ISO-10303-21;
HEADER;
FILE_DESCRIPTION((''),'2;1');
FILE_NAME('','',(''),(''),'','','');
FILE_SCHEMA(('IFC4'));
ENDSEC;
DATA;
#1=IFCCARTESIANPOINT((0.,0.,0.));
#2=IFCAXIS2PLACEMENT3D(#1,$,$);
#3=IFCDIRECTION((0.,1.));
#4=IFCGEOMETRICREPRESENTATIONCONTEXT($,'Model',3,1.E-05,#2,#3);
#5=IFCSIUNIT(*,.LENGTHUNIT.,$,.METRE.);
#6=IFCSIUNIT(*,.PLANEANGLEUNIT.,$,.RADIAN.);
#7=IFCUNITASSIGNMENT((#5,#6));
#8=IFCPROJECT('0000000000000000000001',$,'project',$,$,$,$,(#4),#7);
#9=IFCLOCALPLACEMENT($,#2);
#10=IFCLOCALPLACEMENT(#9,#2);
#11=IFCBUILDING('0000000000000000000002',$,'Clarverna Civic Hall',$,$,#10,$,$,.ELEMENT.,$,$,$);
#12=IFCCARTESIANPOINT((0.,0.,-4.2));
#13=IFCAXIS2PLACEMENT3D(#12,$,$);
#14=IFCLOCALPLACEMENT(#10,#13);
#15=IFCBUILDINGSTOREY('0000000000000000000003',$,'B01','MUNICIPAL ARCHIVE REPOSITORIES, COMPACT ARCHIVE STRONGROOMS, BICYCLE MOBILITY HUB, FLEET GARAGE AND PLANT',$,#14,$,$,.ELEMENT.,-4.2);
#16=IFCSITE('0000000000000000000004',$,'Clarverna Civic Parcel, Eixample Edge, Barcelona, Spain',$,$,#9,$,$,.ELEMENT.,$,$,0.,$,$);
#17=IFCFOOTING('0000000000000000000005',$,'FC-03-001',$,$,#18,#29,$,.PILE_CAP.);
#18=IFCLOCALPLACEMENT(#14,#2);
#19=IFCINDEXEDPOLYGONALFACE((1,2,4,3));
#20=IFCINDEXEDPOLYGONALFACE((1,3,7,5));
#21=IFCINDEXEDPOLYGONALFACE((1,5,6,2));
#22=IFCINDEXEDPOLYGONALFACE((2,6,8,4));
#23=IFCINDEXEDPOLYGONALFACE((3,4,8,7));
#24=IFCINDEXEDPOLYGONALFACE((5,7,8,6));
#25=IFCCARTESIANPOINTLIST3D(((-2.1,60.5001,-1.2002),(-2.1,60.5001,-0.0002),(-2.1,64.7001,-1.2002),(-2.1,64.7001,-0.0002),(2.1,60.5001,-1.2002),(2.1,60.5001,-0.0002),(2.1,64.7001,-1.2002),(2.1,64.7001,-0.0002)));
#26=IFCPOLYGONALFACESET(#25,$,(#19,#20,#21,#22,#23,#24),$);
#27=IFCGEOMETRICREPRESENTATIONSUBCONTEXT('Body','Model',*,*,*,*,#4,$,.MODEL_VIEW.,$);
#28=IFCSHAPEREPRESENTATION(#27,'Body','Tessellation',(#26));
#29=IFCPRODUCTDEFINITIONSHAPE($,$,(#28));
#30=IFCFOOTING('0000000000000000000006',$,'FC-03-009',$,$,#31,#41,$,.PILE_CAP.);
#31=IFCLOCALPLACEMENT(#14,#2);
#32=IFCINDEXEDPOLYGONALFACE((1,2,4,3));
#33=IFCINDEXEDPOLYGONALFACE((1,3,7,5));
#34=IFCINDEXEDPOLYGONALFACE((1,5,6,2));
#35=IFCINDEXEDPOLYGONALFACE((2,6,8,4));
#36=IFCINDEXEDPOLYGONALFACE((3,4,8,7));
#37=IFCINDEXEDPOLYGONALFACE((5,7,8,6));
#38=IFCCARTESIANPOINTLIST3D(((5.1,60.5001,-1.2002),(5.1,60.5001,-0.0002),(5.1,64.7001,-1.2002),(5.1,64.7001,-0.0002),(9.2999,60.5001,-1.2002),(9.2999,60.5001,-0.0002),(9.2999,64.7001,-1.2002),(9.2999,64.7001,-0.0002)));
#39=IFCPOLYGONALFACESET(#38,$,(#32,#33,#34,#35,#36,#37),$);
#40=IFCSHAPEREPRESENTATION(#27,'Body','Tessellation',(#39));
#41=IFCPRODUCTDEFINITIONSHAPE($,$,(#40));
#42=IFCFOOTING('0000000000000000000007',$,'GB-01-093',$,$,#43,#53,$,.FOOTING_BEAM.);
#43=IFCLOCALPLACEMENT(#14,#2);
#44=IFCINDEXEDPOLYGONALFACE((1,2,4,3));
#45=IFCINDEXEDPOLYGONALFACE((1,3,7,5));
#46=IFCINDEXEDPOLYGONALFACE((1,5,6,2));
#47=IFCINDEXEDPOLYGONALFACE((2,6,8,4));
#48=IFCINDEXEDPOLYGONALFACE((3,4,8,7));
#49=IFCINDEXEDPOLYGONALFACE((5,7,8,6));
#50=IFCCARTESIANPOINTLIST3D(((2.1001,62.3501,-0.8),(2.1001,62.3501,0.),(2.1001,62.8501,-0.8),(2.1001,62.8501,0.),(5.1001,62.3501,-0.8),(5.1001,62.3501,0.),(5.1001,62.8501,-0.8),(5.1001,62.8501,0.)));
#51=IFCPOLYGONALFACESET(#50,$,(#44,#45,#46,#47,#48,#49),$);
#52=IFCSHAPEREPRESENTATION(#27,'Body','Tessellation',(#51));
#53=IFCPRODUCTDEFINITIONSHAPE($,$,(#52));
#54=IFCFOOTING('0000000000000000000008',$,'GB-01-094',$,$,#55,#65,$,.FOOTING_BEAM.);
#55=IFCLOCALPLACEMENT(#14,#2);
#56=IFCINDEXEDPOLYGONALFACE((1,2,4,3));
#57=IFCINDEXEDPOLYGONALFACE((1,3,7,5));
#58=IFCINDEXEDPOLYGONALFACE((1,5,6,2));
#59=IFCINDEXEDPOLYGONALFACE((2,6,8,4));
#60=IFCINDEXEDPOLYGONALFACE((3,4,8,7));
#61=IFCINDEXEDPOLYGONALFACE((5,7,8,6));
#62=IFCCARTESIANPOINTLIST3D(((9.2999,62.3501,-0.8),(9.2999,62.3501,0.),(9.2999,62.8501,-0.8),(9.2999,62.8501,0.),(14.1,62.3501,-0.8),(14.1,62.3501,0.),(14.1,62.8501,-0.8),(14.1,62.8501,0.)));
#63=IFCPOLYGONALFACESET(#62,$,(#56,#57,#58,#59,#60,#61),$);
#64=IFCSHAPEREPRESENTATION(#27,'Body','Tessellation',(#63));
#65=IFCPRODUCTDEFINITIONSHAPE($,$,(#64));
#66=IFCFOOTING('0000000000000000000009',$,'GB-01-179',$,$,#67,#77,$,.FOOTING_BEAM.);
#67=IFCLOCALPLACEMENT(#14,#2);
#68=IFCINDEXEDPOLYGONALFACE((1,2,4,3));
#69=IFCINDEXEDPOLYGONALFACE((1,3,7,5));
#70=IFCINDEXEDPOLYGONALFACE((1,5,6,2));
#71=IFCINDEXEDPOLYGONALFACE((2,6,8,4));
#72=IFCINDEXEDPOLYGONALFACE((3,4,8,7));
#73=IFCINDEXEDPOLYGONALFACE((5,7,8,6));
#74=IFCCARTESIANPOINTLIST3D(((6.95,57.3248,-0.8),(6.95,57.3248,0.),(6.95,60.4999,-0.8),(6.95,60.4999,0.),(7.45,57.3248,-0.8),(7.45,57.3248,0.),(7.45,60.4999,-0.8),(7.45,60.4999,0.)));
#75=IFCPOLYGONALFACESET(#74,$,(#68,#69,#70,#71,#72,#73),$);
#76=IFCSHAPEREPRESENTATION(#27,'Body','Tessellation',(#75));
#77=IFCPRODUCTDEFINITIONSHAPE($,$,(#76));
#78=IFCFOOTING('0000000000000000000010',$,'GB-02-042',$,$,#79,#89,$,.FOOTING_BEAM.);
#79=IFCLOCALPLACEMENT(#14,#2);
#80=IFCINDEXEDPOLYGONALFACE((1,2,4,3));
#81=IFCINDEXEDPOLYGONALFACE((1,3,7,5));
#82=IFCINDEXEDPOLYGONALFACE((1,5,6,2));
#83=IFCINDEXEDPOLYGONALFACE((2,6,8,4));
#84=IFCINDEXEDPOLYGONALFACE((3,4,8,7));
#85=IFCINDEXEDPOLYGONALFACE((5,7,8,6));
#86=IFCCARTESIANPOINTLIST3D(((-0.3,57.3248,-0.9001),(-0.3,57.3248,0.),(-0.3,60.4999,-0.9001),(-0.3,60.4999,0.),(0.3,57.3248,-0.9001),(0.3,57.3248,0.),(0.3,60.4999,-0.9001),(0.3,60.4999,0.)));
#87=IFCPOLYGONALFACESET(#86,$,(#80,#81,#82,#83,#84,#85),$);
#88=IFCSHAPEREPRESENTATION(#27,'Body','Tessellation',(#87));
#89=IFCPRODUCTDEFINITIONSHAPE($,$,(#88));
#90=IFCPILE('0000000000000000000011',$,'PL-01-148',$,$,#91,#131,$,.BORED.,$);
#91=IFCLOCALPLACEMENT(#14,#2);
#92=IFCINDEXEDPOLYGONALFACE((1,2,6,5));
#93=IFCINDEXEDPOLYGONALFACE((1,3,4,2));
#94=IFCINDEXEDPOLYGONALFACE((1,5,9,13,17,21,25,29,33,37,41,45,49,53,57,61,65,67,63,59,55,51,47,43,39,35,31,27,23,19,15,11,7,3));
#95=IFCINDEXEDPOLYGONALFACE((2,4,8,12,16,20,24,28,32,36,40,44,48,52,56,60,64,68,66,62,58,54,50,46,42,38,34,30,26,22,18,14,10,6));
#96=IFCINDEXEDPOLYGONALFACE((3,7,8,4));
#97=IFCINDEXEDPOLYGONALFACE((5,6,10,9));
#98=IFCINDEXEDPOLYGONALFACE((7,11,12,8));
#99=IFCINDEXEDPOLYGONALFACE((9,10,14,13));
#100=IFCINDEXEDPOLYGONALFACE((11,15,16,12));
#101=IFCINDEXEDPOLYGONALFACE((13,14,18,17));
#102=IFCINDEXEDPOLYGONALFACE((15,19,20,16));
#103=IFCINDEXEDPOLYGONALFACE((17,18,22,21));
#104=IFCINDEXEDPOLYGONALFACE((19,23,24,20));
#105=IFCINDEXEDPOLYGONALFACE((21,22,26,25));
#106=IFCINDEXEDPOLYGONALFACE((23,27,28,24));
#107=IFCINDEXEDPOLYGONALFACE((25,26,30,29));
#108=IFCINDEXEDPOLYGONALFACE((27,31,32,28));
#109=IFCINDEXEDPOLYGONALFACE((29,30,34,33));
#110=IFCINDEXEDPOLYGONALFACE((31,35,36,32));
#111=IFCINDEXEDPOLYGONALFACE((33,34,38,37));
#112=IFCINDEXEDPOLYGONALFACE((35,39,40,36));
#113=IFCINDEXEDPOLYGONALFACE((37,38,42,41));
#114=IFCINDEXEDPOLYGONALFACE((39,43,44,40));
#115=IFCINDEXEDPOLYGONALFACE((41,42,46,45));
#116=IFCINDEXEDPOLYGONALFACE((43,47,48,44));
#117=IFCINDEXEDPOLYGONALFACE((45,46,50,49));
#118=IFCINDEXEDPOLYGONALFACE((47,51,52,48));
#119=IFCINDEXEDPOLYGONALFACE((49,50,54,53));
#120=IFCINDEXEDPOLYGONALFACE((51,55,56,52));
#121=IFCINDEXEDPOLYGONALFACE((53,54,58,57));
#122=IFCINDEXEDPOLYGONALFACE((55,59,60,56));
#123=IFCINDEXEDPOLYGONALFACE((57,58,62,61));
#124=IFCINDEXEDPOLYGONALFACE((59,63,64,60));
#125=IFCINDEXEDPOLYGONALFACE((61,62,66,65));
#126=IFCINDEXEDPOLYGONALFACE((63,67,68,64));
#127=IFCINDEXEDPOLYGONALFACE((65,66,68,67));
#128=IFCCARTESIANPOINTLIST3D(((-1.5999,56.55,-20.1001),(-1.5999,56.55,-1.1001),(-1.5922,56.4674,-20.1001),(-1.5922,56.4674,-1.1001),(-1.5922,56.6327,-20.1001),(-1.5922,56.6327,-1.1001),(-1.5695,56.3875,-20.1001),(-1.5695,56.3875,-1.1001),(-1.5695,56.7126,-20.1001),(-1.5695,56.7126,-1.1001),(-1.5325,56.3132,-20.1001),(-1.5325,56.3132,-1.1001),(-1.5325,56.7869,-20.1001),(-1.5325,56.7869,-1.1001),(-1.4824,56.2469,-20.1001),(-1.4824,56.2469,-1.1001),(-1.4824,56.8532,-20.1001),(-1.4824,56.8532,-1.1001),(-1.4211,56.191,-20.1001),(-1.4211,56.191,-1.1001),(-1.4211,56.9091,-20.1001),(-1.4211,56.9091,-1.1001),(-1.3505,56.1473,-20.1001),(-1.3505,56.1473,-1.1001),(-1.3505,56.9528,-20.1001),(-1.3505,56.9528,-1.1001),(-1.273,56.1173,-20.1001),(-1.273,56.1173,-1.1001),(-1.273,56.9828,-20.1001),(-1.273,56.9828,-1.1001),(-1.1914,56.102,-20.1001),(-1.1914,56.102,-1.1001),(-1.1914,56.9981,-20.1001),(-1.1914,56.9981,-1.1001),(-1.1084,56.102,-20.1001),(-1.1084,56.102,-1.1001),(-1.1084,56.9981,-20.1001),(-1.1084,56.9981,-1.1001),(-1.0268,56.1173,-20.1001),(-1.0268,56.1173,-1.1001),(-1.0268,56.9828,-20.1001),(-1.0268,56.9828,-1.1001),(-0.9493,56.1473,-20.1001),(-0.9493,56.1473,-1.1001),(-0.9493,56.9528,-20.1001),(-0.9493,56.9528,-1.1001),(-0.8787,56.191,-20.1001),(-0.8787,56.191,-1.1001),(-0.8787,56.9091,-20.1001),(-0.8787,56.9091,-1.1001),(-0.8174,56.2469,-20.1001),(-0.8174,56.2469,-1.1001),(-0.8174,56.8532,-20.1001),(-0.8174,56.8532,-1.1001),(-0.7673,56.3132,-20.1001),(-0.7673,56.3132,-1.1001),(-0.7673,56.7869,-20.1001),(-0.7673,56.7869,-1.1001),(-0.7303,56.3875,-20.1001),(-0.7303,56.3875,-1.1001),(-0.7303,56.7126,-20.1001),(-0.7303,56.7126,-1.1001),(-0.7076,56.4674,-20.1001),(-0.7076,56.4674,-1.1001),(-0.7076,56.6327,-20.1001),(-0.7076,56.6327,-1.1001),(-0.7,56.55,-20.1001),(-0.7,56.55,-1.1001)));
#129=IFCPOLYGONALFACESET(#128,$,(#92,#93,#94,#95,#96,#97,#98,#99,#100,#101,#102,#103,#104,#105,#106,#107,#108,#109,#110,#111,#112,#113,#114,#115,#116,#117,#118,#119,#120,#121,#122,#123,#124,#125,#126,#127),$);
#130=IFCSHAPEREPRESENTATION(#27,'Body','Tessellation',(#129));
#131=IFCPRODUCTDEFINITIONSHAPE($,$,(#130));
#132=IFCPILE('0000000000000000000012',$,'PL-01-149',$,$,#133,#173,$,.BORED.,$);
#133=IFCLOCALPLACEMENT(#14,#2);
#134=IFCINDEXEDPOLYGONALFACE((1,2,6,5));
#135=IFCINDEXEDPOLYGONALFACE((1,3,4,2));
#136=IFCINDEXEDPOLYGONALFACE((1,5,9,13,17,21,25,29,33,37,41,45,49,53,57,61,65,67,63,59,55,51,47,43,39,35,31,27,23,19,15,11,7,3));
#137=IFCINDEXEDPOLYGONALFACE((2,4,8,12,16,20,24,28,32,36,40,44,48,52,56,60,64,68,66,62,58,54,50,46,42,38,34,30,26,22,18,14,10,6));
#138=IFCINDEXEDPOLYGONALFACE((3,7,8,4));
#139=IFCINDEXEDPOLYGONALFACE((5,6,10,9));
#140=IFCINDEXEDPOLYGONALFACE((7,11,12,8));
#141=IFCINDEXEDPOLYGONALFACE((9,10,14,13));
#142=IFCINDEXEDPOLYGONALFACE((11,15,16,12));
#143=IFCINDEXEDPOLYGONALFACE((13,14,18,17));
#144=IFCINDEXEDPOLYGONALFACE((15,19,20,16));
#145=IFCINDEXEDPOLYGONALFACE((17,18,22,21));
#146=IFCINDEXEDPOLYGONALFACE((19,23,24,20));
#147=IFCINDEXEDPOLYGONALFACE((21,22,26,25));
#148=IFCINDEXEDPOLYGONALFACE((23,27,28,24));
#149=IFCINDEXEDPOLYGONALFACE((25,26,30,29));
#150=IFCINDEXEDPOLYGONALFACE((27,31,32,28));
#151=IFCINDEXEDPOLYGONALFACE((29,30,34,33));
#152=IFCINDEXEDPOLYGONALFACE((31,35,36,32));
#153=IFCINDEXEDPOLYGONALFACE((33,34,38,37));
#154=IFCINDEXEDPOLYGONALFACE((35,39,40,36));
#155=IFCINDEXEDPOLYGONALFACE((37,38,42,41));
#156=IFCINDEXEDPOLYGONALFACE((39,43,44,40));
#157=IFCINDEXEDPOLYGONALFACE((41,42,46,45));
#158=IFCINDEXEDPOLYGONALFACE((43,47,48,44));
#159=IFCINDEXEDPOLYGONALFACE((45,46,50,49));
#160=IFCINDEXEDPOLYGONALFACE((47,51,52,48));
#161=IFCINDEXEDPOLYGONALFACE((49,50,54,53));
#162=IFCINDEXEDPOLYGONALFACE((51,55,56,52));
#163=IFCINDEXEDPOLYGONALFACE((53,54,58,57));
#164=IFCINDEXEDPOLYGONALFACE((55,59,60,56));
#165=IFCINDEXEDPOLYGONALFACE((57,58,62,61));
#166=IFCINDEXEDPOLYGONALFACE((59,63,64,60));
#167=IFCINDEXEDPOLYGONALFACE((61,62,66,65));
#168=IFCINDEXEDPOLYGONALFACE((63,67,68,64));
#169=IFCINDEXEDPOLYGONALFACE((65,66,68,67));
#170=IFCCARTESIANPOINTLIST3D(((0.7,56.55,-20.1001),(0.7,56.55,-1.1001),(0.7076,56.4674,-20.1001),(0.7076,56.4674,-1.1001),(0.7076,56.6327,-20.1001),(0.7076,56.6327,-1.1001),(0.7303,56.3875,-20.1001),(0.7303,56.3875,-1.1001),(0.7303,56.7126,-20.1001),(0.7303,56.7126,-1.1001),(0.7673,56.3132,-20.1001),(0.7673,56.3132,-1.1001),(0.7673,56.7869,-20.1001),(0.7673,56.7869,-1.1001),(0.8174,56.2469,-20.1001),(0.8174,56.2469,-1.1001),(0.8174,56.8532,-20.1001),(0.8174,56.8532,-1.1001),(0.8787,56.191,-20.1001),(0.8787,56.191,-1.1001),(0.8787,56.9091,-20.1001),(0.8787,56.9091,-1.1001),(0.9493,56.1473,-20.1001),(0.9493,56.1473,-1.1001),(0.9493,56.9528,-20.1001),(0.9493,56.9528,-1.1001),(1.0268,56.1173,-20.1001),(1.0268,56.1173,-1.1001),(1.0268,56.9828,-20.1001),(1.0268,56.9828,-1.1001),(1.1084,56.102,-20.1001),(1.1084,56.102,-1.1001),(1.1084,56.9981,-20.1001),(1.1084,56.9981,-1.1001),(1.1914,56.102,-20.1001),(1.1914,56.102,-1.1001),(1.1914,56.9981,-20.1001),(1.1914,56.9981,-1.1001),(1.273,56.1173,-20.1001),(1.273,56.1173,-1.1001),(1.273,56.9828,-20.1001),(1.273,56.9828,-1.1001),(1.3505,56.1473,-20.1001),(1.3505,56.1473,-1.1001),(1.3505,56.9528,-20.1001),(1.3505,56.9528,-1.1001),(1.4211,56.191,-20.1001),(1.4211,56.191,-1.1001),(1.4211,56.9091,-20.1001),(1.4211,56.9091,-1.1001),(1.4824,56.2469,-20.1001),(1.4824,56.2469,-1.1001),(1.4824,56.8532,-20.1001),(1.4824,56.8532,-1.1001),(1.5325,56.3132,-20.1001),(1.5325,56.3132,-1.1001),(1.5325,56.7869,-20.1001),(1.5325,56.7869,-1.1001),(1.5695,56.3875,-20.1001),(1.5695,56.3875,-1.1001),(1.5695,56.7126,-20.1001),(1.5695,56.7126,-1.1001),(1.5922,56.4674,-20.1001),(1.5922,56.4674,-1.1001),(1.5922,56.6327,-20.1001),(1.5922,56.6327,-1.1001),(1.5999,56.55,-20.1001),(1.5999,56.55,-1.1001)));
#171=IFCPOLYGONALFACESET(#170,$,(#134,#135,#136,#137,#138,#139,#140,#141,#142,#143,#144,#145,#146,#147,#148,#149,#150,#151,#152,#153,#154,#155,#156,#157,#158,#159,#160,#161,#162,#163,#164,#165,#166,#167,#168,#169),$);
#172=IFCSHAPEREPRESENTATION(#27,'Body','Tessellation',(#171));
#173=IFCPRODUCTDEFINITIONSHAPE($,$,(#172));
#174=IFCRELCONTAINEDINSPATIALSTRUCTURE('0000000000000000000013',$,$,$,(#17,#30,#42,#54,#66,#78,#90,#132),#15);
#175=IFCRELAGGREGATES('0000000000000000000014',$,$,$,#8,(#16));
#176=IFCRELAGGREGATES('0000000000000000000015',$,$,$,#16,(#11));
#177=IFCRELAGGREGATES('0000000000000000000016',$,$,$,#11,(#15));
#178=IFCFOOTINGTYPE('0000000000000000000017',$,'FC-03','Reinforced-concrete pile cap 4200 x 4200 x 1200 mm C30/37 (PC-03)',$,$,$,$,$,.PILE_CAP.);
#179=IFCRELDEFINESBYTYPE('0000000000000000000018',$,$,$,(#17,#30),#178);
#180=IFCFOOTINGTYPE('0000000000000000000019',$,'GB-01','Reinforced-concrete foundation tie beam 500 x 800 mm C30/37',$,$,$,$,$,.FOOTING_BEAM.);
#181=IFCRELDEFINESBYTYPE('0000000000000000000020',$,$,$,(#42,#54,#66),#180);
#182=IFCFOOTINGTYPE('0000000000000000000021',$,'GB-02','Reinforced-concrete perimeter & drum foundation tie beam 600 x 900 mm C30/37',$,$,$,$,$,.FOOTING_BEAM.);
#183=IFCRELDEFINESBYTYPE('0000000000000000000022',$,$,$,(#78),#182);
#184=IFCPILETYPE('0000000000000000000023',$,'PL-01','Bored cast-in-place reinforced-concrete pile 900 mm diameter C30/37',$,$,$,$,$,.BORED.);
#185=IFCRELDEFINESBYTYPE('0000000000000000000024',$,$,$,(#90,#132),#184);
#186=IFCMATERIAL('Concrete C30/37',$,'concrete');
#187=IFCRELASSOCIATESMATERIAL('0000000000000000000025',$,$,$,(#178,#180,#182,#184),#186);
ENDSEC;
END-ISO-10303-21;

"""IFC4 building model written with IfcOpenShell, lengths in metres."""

from ifc_helpers import new_model, si_unit, direction, frame, frame_2d, origin, origin_2d, place, context, subcontext, project, spatial, rectangle, circle, extrude, material, material_profile, profile_set, type_object, element, save


model = new_model("IFC4")

# Units and contexts
model_context = context("Model", 3, precision=1e-05, world=origin(), true_north=direction((0.0, 1.0)))
body_context = subcontext(model_context, "Body", "Model", "MODEL_VIEW")
ifc_project = project(units=[si_unit("LENGTHUNIT", "METRE"), si_unit("PLANEANGLEUNIT", "RADIAN")], contexts=[model_context])

# Site, building, storey
site_placement = place(None, origin())
site = spatial("IfcSite", under=ifc_project, at=site_placement, Name="Clarverna Civic Parcel, Eixample Edge, Barcelona, Spain", CompositionType="ELEMENT", RefElevation=0.0)
building_placement = place(site_placement, origin())
building = spatial("IfcBuilding", under=site, at=building_placement, Name="Clarverna Civic Hall", CompositionType="ELEMENT")
storey_placement = place(building_placement, frame((0.0, 0.0, -4.2)))
storey = spatial("IfcBuildingStorey", under=building, at=storey_placement, Name="B01", Description="MUNICIPAL ARCHIVE REPOSITORIES, COMPACT ARCHIVE STRONGROOMS, BICYCLE MOBILITY HUB, FLEET GARAGE AND PLANT", CompositionType="ELEMENT", Elevation=-4.2)

# Footings
ifc_material_1 = material(Name="Concrete C30/37", Category="concrete")
footing_type_1 = type_object("IfcFootingType", Name="FC-03", Description="Reinforced-concrete pile cap 4200 x 4200 x 1200 mm C30/37 (PC-03)", PredefinedType="PILE_CAP", material=ifc_material_1)
for number, where, z_axis, x_axis, name in (
    (1, (0.0, 62.6001, -1.2002), (0.0, 0.0, 1.0), (1.0, 0.0, 0.0), "FC-03-001"),
    (2, (7.2, 62.6001, -1.2002), (0.0, 0.0, 1.0), (1.0, 0.0, 0.0), "FC-03-009"),
):
    element("IfcFooting", number, at=place(storey_placement, frame(where, z_axis=z_axis, x_axis=x_axis)), inside=storey, type_object=footing_type_1, Name=name, PredefinedType="PILE_CAP", context=body_context, shape_type="SweptSolid", body=[
        extrude(rectangle(XDim=4.2, YDim=4.2, at=origin_2d()), origin(), (0.0, 0.0, 1.0), 1.2),
    ])
footing_type_2 = type_object("IfcFootingType", Name="GB-01", Description="Reinforced-concrete foundation tie beam 500 x 800 mm C30/37", PredefinedType="FOOTING_BEAM", material=ifc_material_1)
footing_1_placement = place(storey_placement, frame((2.1001, 62.6001, -0.8), z_axis=(0.0, 0.0, 1.0), x_axis=(1.0, 0.0, 0.0)))
element("IfcFooting", 3, at=footing_1_placement, inside=storey, type_object=footing_type_2, Name="GB-01-093", PredefinedType="FOOTING_BEAM", context=body_context, shape_type="SweptSolid", body=[
    extrude(rectangle(XDim=3.0, YDim=0.5, at=frame_2d((1.5, 0.0))), origin(), (0.0, 0.0, 1.0), 0.8),
])
footing_2_placement = place(storey_placement, frame((9.3, 62.6001, -0.8), z_axis=(0.0, 0.0, 1.0), x_axis=(1.0, 0.0, 0.0)))
element("IfcFooting", 4, at=footing_2_placement, inside=storey, type_object=footing_type_2, Name="GB-01-094", PredefinedType="FOOTING_BEAM", context=body_context, shape_type="SweptSolid", body=[
    extrude(rectangle(XDim=4.8, YDim=0.5, at=frame_2d((2.3999, 0.0))), origin(), (0.0, 0.0, 1.0), 0.8),
])
footing_3_placement = place(storey_placement, frame((7.2, 57.325, -0.8), z_axis=(0.0, 0.0, 1.0), x_axis=(0.0, 1.0, 0.0)))
element("IfcFooting", 5, at=footing_3_placement, inside=storey, type_object=footing_type_2, Name="GB-01-179", PredefinedType="FOOTING_BEAM", context=body_context, shape_type="SweptSolid", body=[
    extrude(rectangle(XDim=3.175, YDim=0.5, at=frame_2d((1.5874, 0.0))), origin(), (0.0, 0.0, 1.0), 0.8),
])
footing_type_3 = type_object("IfcFootingType", Name="GB-02", Description="Reinforced-concrete perimeter & drum foundation tie beam 600 x 900 mm C30/37", PredefinedType="FOOTING_BEAM", material=ifc_material_1)
footing_4_placement = place(storey_placement, frame((0.0, 57.325, -0.9001), z_axis=(0.0, 0.0, 1.0), x_axis=(0.0, 1.0, 0.0)))
element("IfcFooting", 6, at=footing_4_placement, inside=storey, type_object=footing_type_3, Name="GB-02-042", PredefinedType="FOOTING_BEAM", context=body_context, shape_type="SweptSolid", body=[
    extrude(rectangle(XDim=3.175, YDim=0.6001, at=frame_2d((1.5874, 0.0))), origin(), (0.0, 0.0, 1.0), 0.9001),
])

# Piles
ifc_material_profile_1 = material_profile(ifc_material_1, circle(Radius=0.45, at=origin_2d()), Name="BORED PILE D900")
ifc_profile_set_1 = profile_set([ifc_material_profile_1], Name="Concrete C30/37")
pile_type_1 = type_object("IfcPileType", Name="PL-01", Description="Bored cast-in-place reinforced-concrete pile 900 mm diameter C30/37", PredefinedType="BORED", material=ifc_profile_set_1)
for number, where, z_axis, x_axis, name in (
    (7, (-1.1499, 56.55, -1.1001), (0.0, 0.0, -1.0), (1.0, 0.0, 0.0), "PL-01-148"),
    (8, (1.1499, 56.55, -1.1001), (0.0, 0.0, -1.0), (1.0, 0.0, 0.0), "PL-01-149"),
):
    element("IfcPile", number, at=place(storey_placement, frame(where, z_axis=z_axis, x_axis=x_axis)), inside=storey, type_object=pile_type_1, Name=name, PredefinedType="BORED", context=body_context, shape_type="SweptSolid", body=[
        extrude(circle(Radius=0.45, at=origin_2d()), origin(), (0.0, 0.0, 1.0), 19.0),
    ])

save(model, "model.ifc")
